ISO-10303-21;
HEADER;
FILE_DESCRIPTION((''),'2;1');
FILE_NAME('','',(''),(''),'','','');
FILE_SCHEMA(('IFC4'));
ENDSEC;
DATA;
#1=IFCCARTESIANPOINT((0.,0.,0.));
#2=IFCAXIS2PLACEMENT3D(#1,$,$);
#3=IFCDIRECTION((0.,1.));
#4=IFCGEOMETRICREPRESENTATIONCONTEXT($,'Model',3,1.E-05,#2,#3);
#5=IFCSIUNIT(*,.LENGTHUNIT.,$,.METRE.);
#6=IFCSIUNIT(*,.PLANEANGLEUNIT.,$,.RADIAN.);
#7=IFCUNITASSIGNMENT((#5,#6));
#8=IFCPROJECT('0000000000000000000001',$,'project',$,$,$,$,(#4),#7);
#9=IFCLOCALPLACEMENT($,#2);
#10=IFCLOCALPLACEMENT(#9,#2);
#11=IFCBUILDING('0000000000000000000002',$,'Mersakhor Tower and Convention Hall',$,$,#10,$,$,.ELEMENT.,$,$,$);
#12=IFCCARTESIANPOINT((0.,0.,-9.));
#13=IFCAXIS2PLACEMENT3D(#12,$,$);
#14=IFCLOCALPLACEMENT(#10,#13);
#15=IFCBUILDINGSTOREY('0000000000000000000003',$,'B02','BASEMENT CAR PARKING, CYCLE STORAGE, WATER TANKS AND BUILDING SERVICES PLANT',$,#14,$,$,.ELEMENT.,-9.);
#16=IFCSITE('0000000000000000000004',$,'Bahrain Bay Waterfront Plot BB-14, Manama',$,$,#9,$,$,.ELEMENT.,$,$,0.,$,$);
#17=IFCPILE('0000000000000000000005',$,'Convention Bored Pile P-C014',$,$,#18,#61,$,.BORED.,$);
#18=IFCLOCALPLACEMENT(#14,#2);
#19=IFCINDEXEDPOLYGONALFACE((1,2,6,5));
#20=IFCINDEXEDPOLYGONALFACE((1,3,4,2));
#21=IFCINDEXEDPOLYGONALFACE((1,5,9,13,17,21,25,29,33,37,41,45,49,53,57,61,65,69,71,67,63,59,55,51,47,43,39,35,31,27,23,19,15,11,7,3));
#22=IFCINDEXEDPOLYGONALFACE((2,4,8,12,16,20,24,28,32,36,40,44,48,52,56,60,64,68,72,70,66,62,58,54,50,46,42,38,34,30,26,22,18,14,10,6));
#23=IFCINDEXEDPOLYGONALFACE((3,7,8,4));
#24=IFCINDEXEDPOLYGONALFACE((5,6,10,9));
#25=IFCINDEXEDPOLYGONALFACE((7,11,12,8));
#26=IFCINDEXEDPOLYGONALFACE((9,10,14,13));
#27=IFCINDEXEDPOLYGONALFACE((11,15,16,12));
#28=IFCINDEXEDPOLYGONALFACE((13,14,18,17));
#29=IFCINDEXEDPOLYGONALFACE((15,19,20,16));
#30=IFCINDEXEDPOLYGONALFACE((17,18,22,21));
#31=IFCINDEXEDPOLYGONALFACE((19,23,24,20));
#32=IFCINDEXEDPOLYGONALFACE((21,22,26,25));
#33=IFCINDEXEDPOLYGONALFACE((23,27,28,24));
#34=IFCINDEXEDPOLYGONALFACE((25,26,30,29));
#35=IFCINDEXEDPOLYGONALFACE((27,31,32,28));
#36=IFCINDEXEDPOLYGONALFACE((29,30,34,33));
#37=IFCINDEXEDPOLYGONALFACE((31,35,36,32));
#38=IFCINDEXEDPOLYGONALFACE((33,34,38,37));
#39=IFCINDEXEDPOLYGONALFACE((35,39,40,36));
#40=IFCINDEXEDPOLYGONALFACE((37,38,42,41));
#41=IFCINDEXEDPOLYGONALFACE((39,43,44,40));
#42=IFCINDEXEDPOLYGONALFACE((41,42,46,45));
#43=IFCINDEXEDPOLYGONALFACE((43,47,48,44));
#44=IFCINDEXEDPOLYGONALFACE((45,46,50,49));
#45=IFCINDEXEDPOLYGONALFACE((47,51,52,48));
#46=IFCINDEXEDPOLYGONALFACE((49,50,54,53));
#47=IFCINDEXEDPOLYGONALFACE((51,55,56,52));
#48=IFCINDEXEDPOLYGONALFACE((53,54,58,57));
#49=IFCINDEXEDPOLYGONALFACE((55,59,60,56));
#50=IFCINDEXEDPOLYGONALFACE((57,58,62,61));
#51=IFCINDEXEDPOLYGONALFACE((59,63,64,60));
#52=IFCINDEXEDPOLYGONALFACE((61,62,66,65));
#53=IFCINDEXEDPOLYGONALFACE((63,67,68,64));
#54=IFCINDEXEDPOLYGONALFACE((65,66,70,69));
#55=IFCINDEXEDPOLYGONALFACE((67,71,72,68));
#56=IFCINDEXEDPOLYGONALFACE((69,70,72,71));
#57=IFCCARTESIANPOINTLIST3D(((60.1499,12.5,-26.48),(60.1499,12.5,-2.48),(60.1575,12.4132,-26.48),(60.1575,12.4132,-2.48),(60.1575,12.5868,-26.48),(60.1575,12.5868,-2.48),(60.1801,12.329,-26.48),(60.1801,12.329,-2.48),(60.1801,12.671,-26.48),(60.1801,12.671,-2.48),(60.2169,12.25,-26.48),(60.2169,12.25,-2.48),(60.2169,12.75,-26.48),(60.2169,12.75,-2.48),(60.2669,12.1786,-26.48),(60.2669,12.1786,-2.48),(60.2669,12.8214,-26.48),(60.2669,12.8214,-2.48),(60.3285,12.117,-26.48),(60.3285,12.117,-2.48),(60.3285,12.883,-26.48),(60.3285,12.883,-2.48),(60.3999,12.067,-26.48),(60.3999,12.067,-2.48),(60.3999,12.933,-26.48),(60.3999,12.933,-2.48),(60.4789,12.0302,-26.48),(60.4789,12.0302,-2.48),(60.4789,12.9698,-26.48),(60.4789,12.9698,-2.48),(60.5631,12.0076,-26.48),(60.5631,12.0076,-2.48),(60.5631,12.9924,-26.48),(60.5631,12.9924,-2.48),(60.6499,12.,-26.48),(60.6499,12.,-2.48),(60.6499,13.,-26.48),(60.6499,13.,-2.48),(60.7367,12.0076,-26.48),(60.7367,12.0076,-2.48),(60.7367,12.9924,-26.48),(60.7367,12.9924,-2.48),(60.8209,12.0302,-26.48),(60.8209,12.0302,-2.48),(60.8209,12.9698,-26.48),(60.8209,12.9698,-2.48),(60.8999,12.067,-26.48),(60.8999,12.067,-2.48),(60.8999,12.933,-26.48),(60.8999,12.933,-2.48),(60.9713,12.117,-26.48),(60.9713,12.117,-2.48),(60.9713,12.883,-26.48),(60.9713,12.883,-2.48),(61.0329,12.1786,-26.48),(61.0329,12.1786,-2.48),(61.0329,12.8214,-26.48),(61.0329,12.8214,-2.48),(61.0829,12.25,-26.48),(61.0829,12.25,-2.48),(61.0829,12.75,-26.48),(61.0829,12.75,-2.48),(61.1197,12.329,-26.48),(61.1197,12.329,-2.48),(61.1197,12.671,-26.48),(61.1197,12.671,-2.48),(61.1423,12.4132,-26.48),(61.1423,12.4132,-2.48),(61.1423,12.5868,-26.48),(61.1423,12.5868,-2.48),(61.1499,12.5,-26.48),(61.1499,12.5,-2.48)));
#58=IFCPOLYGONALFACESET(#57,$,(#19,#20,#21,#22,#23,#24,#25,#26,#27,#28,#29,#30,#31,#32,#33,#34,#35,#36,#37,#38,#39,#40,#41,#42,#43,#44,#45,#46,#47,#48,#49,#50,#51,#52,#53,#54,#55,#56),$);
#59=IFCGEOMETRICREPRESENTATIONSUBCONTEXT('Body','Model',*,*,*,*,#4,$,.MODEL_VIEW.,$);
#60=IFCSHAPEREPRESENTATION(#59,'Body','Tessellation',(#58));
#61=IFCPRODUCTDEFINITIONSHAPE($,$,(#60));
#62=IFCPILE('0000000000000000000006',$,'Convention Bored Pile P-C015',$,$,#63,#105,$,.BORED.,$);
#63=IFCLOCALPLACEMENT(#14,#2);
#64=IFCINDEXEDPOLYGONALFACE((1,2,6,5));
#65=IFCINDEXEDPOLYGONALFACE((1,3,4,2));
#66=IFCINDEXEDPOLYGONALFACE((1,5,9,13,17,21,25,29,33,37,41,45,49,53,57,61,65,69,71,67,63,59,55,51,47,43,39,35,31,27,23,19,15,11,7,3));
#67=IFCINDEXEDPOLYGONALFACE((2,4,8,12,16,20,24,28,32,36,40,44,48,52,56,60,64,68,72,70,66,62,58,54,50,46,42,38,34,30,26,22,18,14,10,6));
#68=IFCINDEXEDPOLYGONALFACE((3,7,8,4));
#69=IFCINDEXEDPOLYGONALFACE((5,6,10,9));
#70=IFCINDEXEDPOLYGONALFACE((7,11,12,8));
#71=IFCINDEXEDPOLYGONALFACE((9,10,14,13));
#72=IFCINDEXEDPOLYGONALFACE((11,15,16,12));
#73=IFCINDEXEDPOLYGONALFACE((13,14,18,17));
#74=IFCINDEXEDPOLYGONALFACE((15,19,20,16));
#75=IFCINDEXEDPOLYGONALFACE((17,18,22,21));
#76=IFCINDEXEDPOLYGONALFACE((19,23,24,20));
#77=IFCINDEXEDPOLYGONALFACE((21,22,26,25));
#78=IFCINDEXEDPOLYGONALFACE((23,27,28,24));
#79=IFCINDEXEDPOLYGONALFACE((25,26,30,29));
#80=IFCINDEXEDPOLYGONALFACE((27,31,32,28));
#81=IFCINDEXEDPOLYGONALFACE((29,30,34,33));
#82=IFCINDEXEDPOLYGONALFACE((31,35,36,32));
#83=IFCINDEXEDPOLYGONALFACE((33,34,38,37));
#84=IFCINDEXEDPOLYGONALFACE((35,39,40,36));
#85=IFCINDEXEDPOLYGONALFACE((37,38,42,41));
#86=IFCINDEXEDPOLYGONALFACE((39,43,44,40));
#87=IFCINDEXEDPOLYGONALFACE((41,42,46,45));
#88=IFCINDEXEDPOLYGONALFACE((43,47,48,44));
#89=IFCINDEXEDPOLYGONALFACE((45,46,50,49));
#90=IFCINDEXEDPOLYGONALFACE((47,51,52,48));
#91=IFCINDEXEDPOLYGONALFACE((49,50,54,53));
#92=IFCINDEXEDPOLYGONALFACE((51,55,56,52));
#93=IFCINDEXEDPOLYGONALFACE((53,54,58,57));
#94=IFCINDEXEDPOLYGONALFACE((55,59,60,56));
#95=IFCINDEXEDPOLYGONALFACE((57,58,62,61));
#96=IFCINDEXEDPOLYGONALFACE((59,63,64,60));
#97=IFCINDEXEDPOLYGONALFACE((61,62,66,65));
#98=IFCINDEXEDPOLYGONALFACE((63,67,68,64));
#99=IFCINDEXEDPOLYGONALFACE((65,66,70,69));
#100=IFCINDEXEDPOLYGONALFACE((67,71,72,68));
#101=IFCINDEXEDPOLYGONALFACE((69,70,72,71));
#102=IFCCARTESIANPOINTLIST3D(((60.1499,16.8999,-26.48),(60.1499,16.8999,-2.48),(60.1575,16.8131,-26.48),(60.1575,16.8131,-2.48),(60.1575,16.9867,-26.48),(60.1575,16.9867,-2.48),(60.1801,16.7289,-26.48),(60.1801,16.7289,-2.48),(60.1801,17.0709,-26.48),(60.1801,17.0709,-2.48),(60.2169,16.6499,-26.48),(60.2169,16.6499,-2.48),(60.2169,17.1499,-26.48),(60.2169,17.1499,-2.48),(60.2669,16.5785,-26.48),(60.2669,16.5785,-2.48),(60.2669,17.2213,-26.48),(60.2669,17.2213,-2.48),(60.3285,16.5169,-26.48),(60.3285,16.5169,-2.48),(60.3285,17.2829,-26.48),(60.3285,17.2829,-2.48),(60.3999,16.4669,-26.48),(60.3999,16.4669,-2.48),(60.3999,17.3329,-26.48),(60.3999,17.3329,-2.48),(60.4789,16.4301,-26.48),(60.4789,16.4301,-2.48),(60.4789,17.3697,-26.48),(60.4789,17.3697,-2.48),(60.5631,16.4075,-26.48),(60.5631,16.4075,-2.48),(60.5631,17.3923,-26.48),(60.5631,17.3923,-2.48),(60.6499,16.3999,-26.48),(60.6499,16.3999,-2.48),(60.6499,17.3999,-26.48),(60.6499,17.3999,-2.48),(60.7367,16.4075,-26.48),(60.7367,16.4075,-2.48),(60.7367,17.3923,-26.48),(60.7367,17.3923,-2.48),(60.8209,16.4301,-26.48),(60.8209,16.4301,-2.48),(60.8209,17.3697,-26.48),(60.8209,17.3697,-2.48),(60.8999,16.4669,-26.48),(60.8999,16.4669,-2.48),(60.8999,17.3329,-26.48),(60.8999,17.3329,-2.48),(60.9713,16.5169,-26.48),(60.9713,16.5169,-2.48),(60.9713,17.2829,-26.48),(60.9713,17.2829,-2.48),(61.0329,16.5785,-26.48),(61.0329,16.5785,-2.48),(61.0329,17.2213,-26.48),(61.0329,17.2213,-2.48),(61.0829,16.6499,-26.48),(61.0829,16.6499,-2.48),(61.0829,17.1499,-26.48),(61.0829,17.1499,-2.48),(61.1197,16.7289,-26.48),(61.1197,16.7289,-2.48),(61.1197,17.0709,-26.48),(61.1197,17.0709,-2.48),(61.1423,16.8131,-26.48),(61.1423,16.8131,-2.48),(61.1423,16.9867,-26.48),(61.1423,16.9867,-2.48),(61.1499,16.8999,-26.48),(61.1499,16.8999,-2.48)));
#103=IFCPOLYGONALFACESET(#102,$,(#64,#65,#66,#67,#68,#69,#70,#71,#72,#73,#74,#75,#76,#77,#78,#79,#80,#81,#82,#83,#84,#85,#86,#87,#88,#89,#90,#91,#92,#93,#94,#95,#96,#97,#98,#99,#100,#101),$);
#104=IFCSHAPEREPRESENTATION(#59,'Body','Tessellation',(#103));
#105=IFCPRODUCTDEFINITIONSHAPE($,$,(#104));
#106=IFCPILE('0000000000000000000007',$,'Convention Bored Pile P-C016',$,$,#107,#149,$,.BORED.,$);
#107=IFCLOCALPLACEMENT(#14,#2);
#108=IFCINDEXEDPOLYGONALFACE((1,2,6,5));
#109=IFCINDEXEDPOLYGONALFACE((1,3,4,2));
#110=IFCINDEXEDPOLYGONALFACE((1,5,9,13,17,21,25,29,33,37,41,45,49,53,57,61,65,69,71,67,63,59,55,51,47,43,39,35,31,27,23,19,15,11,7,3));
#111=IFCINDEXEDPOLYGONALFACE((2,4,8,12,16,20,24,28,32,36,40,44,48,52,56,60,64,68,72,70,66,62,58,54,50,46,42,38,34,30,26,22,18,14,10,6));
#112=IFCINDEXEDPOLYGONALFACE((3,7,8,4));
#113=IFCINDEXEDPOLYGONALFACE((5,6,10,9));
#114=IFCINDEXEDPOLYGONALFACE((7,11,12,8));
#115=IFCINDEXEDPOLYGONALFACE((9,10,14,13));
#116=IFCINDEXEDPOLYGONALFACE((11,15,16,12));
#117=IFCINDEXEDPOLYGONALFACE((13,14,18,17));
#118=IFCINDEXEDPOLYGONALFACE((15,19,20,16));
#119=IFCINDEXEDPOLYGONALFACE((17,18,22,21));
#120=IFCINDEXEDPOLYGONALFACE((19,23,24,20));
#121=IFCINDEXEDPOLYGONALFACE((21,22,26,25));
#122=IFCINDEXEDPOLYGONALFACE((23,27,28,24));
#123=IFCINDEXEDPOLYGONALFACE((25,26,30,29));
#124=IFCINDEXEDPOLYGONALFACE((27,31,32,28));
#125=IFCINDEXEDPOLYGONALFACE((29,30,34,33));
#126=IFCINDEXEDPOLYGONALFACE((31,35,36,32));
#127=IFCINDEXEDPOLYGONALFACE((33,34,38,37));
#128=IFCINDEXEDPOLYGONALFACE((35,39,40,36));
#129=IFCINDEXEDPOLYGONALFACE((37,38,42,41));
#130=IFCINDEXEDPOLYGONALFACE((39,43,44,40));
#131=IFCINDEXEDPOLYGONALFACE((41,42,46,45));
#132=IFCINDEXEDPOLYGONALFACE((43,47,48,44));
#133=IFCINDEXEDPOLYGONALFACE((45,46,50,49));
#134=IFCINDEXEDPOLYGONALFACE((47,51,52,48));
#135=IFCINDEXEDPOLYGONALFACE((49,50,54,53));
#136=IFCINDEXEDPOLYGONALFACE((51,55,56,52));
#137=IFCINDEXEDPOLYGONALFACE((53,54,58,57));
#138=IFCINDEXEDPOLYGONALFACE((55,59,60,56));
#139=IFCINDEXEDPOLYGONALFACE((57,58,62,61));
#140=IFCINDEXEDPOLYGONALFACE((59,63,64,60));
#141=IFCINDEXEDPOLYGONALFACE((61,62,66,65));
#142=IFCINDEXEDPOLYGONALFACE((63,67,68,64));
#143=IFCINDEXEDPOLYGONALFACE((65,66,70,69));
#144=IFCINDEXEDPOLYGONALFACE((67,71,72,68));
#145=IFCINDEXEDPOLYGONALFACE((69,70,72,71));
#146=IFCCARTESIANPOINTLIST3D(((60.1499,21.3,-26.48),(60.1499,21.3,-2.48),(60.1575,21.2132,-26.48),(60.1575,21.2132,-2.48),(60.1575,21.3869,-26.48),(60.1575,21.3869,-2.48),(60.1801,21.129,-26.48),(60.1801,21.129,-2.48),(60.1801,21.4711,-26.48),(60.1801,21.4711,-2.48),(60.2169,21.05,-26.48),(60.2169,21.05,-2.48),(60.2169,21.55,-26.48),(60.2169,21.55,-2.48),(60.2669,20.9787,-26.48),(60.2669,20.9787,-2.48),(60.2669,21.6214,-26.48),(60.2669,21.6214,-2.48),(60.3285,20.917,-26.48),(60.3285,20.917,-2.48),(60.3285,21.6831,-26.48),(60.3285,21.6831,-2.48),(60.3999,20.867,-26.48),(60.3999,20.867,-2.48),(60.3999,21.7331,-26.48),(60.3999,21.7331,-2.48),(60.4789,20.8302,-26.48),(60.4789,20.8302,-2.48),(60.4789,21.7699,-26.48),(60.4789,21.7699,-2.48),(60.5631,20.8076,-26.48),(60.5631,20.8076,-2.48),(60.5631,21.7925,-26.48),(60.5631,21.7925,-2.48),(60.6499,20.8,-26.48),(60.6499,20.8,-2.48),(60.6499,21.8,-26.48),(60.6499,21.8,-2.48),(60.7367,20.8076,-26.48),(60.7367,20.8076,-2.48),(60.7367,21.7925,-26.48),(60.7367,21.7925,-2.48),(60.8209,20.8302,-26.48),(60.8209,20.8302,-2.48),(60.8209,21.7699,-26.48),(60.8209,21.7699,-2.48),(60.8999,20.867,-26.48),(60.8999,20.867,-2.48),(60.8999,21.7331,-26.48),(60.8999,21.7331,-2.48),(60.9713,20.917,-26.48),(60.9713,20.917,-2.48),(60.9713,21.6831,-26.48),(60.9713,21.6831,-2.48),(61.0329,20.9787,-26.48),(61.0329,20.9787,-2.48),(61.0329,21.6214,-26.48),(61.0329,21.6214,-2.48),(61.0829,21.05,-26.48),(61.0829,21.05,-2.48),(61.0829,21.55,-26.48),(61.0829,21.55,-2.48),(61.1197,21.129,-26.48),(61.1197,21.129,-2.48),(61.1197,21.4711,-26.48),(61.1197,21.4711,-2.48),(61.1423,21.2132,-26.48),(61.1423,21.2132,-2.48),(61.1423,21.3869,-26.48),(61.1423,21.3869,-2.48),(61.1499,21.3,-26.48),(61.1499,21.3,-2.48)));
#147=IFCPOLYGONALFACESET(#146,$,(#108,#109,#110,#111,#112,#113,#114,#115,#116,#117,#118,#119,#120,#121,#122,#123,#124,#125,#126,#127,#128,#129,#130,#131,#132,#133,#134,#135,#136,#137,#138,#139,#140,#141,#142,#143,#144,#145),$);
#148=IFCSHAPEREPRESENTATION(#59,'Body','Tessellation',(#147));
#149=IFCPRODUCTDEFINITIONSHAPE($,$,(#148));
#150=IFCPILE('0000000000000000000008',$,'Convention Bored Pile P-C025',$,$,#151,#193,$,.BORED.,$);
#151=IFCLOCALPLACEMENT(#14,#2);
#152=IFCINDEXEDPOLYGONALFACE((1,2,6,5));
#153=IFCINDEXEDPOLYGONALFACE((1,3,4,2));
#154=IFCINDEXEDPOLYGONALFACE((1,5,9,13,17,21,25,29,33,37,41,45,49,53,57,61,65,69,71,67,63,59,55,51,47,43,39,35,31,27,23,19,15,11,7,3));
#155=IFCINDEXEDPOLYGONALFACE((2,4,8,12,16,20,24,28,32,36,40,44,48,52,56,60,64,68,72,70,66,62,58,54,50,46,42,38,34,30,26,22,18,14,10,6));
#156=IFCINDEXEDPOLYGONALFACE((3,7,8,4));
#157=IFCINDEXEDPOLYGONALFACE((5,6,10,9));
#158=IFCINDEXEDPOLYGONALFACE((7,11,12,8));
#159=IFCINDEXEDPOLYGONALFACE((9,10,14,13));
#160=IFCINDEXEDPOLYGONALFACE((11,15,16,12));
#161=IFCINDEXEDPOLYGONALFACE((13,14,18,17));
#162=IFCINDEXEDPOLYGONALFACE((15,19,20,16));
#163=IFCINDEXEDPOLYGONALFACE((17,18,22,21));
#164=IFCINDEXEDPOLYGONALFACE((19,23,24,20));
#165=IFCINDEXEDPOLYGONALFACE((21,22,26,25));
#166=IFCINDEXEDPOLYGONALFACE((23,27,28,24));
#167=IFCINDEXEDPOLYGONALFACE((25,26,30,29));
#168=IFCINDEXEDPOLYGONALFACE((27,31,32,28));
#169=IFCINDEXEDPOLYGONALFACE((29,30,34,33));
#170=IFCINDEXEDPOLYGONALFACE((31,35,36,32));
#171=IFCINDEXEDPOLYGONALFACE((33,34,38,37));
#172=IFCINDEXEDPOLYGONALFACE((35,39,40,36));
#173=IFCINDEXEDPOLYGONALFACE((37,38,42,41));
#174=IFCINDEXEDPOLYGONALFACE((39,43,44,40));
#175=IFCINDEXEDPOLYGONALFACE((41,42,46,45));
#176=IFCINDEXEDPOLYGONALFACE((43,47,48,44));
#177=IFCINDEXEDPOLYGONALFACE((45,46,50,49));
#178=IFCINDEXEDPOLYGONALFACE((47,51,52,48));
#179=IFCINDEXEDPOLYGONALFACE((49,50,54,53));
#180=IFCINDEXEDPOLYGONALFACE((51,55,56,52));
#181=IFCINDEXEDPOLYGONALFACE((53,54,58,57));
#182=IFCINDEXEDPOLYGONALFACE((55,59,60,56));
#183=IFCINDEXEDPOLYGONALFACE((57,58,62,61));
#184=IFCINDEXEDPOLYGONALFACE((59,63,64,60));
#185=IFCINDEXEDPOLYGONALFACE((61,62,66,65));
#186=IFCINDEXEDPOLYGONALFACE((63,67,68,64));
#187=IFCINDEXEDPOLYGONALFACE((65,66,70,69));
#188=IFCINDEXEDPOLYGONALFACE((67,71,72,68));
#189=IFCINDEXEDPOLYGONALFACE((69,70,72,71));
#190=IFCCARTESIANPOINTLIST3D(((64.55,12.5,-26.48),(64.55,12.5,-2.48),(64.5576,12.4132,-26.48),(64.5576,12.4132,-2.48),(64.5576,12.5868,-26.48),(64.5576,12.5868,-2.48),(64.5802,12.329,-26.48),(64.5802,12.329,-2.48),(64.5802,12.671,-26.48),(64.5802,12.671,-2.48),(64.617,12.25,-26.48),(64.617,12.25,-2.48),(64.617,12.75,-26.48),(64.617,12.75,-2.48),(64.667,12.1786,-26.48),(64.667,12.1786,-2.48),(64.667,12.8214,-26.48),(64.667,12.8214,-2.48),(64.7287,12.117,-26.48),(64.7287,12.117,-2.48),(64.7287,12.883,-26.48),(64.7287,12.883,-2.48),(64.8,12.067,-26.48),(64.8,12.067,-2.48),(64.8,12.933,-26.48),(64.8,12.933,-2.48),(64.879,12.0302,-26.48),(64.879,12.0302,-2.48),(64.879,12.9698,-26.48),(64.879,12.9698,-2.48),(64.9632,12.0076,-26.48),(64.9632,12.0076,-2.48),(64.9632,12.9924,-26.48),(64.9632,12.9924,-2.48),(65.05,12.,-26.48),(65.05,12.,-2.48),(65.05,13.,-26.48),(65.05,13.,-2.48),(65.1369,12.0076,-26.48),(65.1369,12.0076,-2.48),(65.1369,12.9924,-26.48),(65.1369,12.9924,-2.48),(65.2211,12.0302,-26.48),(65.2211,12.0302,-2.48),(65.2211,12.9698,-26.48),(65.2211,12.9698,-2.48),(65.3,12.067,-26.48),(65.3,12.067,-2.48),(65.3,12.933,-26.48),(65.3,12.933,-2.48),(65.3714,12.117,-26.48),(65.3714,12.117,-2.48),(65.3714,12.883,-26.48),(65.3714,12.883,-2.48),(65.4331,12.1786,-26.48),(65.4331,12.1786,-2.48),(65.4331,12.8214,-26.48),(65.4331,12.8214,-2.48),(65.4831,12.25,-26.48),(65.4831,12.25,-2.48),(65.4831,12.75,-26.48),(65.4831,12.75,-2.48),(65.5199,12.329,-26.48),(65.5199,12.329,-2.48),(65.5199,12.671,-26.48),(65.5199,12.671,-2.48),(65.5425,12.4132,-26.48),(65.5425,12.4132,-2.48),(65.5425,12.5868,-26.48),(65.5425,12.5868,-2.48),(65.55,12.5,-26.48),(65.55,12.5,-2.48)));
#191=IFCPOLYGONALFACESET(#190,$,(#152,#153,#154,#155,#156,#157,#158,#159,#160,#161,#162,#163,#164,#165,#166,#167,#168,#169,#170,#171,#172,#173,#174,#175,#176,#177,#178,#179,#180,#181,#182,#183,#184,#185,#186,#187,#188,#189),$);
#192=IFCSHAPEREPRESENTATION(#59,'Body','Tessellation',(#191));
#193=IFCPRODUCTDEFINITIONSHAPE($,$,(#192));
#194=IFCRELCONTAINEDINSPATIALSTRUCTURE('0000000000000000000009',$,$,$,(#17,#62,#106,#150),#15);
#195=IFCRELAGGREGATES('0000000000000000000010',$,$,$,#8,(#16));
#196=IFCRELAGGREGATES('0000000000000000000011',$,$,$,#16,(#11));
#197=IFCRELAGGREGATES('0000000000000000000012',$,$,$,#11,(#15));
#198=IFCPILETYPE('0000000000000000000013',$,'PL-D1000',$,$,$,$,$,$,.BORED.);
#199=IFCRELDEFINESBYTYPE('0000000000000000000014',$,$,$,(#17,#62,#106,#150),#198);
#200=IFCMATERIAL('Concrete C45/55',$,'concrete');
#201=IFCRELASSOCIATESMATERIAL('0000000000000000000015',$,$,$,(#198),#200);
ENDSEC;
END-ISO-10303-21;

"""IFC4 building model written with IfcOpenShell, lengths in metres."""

from ifc_helpers import new_model, si_unit, direction, frame, origin, origin_2d, place, context, subcontext, project, spatial, circle, extrude, material, material_profile, profile_set, type_object, element, save


model = new_model("IFC4")

# Units and contexts
model_context = context("Model", 3, precision=1e-05, world=origin(), true_north=direction((0.0, 1.0)))
body_context = subcontext(model_context, "Body", "Model", "MODEL_VIEW")
ifc_project = project(units=[si_unit("LENGTHUNIT", "METRE"), si_unit("PLANEANGLEUNIT", "RADIAN")], contexts=[model_context])

# Site, building, storey
site_placement = place(None, origin())
site = spatial("IfcSite", under=ifc_project, at=site_placement, Name="Bahrain Bay Waterfront Plot BB-14, Manama", CompositionType="ELEMENT", RefElevation=0.0)
building_placement = place(site_placement, origin())
building = spatial("IfcBuilding", under=site, at=building_placement, Name="Mersakhor Tower and Convention Hall", CompositionType="ELEMENT")
storey_placement = place(building_placement, frame((0.0, 0.0, -9.0)))
storey = spatial("IfcBuildingStorey", under=building, at=storey_placement, Name="B02", Description="BASEMENT CAR PARKING, CYCLE STORAGE, WATER TANKS AND BUILDING SERVICES PLANT", CompositionType="ELEMENT", Elevation=-9.0)

# Piles
ifc_material_1 = material(Name="Concrete C45/55", Category="concrete")
ifc_material_profile_1 = material_profile(ifc_material_1, circle(Radius=0.5, at=origin_2d()), Name="PILE D1000")
ifc_profile_set_1 = profile_set([ifc_material_profile_1], Name="Concrete C45/55")
pile_type = type_object("IfcPileType", Name="PL-D1000", PredefinedType="BORED", material=ifc_profile_set_1)
for number, where, z_axis, x_axis, name in (
    (1, (60.6499, 12.5, -2.48), (0.0, 0.0, -1.0), (1.0, 0.0, 0.0), "Convention Bored Pile P-C014"),
    (2, (60.6499, 16.8999, -2.48), (0.0, 0.0, -1.0), (1.0, 0.0, 0.0), "Convention Bored Pile P-C015"),
    (3, (60.6499, 21.3, -2.48), (0.0, 0.0, -1.0), (1.0, 0.0, 0.0), "Convention Bored Pile P-C016"),
    (4, (65.05, 12.5, -2.48), (0.0, 0.0, -1.0), (1.0, 0.0, 0.0), "Convention Bored Pile P-C025"),
):
    element("IfcPile", number, at=place(storey_placement, frame(where, z_axis=z_axis, x_axis=x_axis)), inside=storey, type_object=pile_type, Name=name, PredefinedType="BORED", context=body_context, shape_type="SweptSolid", body=[
        extrude(circle(Radius=0.5, at=origin_2d()), origin(), (0.0, 0.0, 1.0), 24.0),
    ])

save(model, "model.ifc")
